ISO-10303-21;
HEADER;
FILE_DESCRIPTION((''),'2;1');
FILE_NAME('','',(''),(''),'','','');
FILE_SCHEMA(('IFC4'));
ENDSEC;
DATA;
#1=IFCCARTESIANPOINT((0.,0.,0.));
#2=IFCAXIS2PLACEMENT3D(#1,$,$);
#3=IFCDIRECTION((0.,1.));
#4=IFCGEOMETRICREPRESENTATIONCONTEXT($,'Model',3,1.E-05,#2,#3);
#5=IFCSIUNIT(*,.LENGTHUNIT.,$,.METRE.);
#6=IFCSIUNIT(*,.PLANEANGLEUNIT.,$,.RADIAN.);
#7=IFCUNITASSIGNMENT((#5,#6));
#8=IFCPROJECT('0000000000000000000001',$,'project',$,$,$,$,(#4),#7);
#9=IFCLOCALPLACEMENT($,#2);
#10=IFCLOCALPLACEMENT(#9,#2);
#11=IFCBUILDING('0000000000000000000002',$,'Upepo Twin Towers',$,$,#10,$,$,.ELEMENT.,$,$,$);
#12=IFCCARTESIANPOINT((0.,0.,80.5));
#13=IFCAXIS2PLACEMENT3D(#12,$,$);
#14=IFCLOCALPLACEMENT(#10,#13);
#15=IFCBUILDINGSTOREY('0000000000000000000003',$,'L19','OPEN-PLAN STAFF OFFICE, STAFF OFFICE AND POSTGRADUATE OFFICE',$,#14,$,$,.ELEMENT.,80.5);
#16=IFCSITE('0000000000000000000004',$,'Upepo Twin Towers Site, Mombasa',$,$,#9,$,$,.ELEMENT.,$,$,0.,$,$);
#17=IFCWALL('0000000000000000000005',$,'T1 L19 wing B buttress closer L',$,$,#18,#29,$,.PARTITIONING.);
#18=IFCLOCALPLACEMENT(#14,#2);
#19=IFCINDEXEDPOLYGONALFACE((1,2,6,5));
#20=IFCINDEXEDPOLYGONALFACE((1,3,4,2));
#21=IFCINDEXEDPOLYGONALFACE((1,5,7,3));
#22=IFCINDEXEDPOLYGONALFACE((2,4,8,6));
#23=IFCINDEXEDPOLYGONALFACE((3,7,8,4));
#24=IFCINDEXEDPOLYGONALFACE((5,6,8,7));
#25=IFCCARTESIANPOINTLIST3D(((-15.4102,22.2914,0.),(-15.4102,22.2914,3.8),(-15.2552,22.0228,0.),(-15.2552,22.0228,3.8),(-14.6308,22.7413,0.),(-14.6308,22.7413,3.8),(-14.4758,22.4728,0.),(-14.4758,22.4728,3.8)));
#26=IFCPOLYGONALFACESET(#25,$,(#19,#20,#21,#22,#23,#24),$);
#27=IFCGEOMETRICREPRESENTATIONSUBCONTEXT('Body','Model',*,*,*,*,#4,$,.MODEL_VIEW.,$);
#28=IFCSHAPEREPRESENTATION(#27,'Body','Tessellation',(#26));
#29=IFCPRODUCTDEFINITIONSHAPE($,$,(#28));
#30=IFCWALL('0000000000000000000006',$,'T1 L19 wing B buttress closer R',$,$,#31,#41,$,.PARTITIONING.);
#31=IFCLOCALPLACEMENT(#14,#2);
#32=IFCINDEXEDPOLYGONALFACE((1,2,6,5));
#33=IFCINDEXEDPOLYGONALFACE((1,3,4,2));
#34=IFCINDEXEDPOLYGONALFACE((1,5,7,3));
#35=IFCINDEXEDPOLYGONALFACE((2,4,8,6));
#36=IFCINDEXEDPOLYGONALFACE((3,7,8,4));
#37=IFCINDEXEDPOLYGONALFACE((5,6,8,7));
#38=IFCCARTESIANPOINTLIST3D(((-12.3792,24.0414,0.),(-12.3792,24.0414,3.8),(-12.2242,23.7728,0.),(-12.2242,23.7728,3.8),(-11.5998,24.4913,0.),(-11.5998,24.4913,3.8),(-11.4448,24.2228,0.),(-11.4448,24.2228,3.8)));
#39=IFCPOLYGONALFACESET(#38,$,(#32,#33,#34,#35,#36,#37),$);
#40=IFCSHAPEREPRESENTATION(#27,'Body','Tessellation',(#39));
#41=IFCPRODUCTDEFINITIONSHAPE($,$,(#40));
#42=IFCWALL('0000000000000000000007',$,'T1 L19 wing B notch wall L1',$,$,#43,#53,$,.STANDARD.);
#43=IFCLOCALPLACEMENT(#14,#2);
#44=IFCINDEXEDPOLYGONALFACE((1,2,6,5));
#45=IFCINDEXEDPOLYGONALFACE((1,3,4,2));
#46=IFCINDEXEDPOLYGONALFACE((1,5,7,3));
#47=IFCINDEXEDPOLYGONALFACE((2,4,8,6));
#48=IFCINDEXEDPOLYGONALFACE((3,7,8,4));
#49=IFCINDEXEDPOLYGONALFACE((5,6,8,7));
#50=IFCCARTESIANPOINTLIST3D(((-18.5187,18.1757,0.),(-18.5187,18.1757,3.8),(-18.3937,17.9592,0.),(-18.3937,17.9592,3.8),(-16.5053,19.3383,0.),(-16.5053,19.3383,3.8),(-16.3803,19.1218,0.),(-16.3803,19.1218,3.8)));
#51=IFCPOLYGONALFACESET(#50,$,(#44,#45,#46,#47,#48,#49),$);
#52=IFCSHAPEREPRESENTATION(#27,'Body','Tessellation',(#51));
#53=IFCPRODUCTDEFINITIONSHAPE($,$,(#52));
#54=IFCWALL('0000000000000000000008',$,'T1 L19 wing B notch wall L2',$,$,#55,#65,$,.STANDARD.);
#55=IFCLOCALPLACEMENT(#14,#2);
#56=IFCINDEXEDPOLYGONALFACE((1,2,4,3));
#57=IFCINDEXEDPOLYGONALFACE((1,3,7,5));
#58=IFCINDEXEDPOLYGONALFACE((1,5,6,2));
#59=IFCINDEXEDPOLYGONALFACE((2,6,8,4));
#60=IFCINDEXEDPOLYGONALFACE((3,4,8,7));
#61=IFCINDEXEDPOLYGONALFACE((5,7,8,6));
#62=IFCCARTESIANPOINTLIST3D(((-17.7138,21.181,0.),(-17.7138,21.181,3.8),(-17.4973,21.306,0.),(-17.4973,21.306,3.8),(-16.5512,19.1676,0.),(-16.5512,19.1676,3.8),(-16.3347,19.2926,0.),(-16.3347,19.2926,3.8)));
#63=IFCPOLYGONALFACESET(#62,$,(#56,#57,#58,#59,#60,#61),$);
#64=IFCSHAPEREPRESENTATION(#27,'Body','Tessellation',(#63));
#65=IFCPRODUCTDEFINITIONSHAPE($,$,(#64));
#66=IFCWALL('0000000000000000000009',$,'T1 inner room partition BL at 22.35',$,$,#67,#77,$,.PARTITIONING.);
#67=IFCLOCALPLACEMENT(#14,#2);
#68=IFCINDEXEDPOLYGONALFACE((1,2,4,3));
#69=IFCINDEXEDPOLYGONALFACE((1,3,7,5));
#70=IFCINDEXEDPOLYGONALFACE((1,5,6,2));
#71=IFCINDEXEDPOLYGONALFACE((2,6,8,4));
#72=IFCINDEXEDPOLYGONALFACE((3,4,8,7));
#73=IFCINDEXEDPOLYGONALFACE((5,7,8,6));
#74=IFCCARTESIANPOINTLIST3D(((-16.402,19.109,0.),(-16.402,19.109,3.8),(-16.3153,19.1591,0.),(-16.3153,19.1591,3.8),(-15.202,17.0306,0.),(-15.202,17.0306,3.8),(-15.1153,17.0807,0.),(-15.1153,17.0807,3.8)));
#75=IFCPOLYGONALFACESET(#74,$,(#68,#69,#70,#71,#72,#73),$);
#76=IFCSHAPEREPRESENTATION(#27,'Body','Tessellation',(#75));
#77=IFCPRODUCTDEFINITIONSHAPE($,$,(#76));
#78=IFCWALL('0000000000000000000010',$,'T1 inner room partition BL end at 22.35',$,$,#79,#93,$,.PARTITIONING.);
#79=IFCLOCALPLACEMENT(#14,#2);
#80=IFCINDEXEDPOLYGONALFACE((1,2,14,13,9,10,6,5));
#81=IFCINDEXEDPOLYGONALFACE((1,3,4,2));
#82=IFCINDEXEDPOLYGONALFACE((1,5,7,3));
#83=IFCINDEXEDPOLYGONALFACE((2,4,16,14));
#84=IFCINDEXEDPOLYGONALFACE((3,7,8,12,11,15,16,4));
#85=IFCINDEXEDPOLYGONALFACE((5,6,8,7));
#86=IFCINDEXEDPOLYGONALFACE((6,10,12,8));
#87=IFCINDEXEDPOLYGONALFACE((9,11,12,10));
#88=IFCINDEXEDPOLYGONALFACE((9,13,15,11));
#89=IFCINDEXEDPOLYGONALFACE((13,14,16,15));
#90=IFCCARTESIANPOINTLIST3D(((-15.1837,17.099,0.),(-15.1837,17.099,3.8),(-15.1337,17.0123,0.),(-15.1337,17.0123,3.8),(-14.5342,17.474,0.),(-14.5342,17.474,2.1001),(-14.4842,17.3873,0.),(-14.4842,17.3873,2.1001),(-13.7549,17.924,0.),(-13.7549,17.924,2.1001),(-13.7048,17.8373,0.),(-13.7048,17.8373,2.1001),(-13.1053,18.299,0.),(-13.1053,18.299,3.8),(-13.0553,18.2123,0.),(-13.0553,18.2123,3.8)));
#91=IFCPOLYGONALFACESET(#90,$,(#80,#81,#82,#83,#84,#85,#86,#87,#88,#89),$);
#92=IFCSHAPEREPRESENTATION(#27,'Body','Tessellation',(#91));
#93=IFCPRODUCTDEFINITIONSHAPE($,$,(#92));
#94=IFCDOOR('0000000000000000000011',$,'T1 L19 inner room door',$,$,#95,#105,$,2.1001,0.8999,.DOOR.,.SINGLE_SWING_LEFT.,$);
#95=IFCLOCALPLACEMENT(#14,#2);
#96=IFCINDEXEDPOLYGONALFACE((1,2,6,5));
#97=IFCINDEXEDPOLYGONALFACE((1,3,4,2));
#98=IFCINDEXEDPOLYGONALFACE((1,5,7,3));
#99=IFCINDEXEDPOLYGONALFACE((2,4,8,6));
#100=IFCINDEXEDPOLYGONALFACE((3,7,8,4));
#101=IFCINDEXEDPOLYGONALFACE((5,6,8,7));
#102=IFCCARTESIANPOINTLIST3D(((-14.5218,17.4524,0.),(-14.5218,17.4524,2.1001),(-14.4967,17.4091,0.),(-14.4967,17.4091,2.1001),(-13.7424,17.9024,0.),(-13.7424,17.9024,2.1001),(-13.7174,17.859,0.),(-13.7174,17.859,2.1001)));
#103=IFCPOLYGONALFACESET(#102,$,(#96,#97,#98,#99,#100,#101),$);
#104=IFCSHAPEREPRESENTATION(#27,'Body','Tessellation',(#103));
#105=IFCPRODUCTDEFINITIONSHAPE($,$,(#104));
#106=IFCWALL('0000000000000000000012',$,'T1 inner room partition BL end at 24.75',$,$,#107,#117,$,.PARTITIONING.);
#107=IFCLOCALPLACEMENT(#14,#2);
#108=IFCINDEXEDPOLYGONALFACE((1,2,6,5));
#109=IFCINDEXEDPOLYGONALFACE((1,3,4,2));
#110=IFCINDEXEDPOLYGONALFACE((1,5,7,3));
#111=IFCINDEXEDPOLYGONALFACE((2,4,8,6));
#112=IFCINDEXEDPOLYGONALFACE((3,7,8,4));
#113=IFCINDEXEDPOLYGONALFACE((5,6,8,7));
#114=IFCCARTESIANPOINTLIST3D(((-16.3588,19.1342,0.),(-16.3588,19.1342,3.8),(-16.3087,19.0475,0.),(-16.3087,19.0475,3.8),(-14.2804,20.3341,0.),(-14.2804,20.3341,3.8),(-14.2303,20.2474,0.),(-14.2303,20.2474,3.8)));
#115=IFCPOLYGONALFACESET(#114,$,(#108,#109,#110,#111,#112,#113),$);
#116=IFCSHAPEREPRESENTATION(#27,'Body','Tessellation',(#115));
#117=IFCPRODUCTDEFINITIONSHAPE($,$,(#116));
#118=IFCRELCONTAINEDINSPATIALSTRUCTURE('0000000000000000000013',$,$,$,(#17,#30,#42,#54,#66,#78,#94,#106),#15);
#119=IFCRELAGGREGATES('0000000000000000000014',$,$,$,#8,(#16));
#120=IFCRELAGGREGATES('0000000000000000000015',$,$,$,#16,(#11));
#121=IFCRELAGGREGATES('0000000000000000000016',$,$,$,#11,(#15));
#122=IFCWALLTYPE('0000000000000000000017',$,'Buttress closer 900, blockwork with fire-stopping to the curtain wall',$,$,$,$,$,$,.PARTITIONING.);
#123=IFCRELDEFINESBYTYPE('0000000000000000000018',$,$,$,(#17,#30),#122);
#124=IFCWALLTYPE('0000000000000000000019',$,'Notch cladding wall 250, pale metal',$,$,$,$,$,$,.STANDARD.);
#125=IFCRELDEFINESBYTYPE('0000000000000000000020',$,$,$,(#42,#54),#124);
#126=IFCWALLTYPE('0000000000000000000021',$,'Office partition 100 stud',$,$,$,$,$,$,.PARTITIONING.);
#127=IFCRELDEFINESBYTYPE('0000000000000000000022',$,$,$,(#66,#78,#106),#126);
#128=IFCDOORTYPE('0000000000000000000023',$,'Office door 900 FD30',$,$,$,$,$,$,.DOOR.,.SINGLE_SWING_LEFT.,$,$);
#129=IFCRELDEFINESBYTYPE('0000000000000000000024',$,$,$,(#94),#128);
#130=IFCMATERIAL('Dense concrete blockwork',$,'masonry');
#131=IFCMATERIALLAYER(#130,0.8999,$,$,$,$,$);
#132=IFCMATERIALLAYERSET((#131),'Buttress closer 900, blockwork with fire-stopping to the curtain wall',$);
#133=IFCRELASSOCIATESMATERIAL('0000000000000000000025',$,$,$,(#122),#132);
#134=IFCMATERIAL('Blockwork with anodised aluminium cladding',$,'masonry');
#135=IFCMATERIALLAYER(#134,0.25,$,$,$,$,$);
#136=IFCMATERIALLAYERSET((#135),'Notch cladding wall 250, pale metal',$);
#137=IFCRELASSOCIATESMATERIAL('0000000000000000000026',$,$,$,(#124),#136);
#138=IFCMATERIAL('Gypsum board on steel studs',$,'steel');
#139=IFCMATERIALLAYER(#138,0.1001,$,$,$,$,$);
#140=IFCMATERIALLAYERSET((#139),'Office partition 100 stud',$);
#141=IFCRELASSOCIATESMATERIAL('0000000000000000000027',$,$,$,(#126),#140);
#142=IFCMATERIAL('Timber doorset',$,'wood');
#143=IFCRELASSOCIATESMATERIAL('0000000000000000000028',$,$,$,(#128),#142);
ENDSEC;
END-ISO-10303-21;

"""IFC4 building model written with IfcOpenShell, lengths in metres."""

from ifc_helpers import new_model, si_unit, direction, frame, frame_2d, origin, place, context, subcontext, project, spatial, rectangle, extrude, material, layer, layer_set, type_object, element, fill, save


model = new_model("IFC4")

# Units and contexts
model_context = context("Model", 3, precision=1e-05, world=origin(), true_north=direction((0.0, 1.0)))
body_context = subcontext(model_context, "Body", "Model", "MODEL_VIEW")
ifc_project = project(units=[si_unit("LENGTHUNIT", "METRE"), si_unit("PLANEANGLEUNIT", "RADIAN")], contexts=[model_context])

# Site, building, storey
site_placement = place(None, origin())
site = spatial("IfcSite", under=ifc_project, at=site_placement, Name="Upepo Twin Towers Site, Mombasa", CompositionType="ELEMENT", RefElevation=0.0)
building_placement = place(site_placement, origin())
building = spatial("IfcBuilding", under=site, at=building_placement, Name="Upepo Twin Towers", CompositionType="ELEMENT")
storey_placement = place(building_placement, frame((0.0, 0.0, 80.5)))
storey = spatial("IfcBuildingStorey", under=building, at=storey_placement, Name="L19", Description="OPEN-PLAN STAFF OFFICE, STAFF OFFICE AND POSTGRADUATE OFFICE", CompositionType="ELEMENT", Elevation=80.5)

# Walls
ifc_material_1 = material(Name="Dense concrete blockwork", Category="masonry")
ifc_layer_1 = layer(ifc_material_1, 0.8999)
ifc_layer_set_1 = layer_set([ifc_layer_1], Name="Buttress closer 900, blockwork with fire-stopping to the curtain wall")
wall_type_1 = type_object("IfcWallType", Name="Buttress closer 900, blockwork with fire-stopping to the curtain wall", PredefinedType="PARTITIONING", material=ifc_layer_set_1)
for number, where, z_axis, x_axis, name in (
    (1, (-14.8655, 22.2478, 0.0), (0.0, 0.0, 1.0), (-0.49995, 0.866054, 0.0), "T1 L19 wing B buttress closer L"),
    (2, (-11.8345, 23.9978, 0.0), (0.0, 0.0, 1.0), (-0.49995, 0.866054, 0.0), "T1 L19 wing B buttress closer R"),
):
    element("IfcWall", number, at=place(storey_placement, frame(where, z_axis=z_axis, x_axis=x_axis)), inside=storey, type_object=wall_type_1, Name=name, PredefinedType="PARTITIONING", context=body_context, shape_type="SweptSolid", body=[
        extrude(rectangle(XDim=0.3101, YDim=0.8999, at=frame_2d((0.155, 0.0))), origin(), (0.0, 0.0, 1.0), 3.8),
    ])
ifc_material_2 = material(Name="Blockwork with anodised aluminium cladding", Category="masonry")
ifc_layer_2 = layer(ifc_material_2, 0.25)
ifc_layer_set_2 = layer_set([ifc_layer_2], Name="Notch cladding wall 250, pale metal")
wall_type_2 = type_object("IfcWallType", Name="Notch cladding wall 250, pale metal", PredefinedType="STANDARD", material=ifc_layer_set_2)
for number, where, z_axis, x_axis, name in (
    (3, (-18.4563, 18.0674, 0.0), (0.0, 0.0, 1.0), (0.865998, 0.500047, 0.0), "T1 L19 wing B notch wall L1"),
    (4, (-16.4429, 19.23, 0.0), (0.0, 0.0, 1.0), (-0.500047, 0.865998, 0.0), "T1 L19 wing B notch wall L2"),
):
    element("IfcWall", number, at=place(storey_placement, frame(where, z_axis=z_axis, x_axis=x_axis)), inside=storey, type_object=wall_type_2, Name=name, PredefinedType="STANDARD", context=body_context, shape_type="SweptSolid", body=[
        extrude(rectangle(XDim=2.325, YDim=0.25, at=frame_2d((1.1626, 0.0))), origin(), (0.0, 0.0, 1.0), 3.8),
    ])
ifc_material_3 = material(Name="Gypsum board on steel studs", Category="steel")
ifc_layer_3 = layer(ifc_material_3, 0.1001)
ifc_layer_set_3 = layer_set([ifc_layer_3], Name="Office partition 100 stud")
wall_type_3 = type_object("IfcWallType", Name="Office partition 100 stud", PredefinedType="PARTITIONING", material=ifc_layer_set_3)
wall_1_placement = place(storey_placement, frame((-15.1587, 17.0557, 0.0), z_axis=(0.0, 0.0, 1.0), x_axis=(-0.500001, 0.866025, 0.0)))
element("IfcWall", 5, at=wall_1_placement, inside=storey, type_object=wall_type_3, Name="T1 inner room partition BL at 22.35", PredefinedType="PARTITIONING", context=body_context, shape_type="SweptSolid", body=[
    extrude(rectangle(XDim=2.3999, YDim=0.1001, at=frame_2d((1.2, 0.0))), origin(), (0.0, 0.0, 1.0), 3.8),
])

# Wall, opening, door
wall_2_placement = place(storey_placement, frame((-13.0803, 18.2556, 0.0), z_axis=(0.0, 0.0, 1.0), x_axis=(-0.866025, -0.500001, 0.0)))
wall_2 = element("IfcWall", 6, at=wall_2_placement, inside=storey, type_object=wall_type_3, Name="T1 inner room partition BL end at 22.35", PredefinedType="PARTITIONING", context=body_context, shape_type="SweptSolid", body=[
    extrude(rectangle(XDim=2.3999, YDim=0.1001, at=frame_2d((1.2, 0.0))), origin(), (0.0, 0.0, 1.0), 3.8),
])
opening_placement = place(wall_2_placement, frame((0.75, 0.0, 0.0)))
opening = element("IfcOpeningElement", 7, at=opening_placement, cuts=wall_2, PredefinedType="OPENING", context=body_context, shape_type="SweptSolid", body=[
    extrude(rectangle(XDim=0.8999, YDim=2.1001, at=frame_2d((0.45, 1.05))), frame((0.0, 0.0601, 0.0), z_axis=(0.0, -1.0, 0.0), x_axis=(1.0, 0.0, 0.0)), (0.0, 0.0, 1.0), 0.1201),
])
ifc_material_4 = material(Name="Timber doorset", Category="wood")
door_type = type_object("IfcDoorType", Name="Office door 900 FD30", OperationType="SINGLE_SWING_LEFT", PredefinedType="DOOR", material=ifc_material_4)
door_placement = place(opening_placement, origin())
door = element("IfcDoor", 8, at=door_placement, inside=storey, type_object=door_type, Name="T1 L19 inner room door", OperationType="SINGLE_SWING_LEFT", OverallHeight=2.1001, OverallWidth=0.8999, PredefinedType="DOOR", context=body_context, shape_type="SweptSolid", body=[
    extrude(rectangle(XDim=0.8999, YDim=2.1001, at=frame_2d((0.45, 1.05))), frame((0.0, 0.0249, 0.0), z_axis=(0.0, -1.0, 0.0), x_axis=(1.0, 0.0, 0.0)), (0.0, 0.0, 1.0), 0.05),
])
fill(opening, door)

# Wall
wall_3_placement = place(storey_placement, frame((-14.2554, 20.2908, 0.0), z_axis=(0.0, 0.0, 1.0), x_axis=(-0.866025, -0.500001, 0.0)))
element("IfcWall", 9, at=wall_3_placement, inside=storey, type_object=wall_type_3, Name="T1 inner room partition BL end at 24.75", PredefinedType="PARTITIONING", context=body_context, shape_type="SweptSolid", body=[
    extrude(rectangle(XDim=2.3999, YDim=0.1001, at=frame_2d((1.2, 0.0))), origin(), (0.0, 0.0, 1.0), 3.8),
])

save(model, "model.ifc")
